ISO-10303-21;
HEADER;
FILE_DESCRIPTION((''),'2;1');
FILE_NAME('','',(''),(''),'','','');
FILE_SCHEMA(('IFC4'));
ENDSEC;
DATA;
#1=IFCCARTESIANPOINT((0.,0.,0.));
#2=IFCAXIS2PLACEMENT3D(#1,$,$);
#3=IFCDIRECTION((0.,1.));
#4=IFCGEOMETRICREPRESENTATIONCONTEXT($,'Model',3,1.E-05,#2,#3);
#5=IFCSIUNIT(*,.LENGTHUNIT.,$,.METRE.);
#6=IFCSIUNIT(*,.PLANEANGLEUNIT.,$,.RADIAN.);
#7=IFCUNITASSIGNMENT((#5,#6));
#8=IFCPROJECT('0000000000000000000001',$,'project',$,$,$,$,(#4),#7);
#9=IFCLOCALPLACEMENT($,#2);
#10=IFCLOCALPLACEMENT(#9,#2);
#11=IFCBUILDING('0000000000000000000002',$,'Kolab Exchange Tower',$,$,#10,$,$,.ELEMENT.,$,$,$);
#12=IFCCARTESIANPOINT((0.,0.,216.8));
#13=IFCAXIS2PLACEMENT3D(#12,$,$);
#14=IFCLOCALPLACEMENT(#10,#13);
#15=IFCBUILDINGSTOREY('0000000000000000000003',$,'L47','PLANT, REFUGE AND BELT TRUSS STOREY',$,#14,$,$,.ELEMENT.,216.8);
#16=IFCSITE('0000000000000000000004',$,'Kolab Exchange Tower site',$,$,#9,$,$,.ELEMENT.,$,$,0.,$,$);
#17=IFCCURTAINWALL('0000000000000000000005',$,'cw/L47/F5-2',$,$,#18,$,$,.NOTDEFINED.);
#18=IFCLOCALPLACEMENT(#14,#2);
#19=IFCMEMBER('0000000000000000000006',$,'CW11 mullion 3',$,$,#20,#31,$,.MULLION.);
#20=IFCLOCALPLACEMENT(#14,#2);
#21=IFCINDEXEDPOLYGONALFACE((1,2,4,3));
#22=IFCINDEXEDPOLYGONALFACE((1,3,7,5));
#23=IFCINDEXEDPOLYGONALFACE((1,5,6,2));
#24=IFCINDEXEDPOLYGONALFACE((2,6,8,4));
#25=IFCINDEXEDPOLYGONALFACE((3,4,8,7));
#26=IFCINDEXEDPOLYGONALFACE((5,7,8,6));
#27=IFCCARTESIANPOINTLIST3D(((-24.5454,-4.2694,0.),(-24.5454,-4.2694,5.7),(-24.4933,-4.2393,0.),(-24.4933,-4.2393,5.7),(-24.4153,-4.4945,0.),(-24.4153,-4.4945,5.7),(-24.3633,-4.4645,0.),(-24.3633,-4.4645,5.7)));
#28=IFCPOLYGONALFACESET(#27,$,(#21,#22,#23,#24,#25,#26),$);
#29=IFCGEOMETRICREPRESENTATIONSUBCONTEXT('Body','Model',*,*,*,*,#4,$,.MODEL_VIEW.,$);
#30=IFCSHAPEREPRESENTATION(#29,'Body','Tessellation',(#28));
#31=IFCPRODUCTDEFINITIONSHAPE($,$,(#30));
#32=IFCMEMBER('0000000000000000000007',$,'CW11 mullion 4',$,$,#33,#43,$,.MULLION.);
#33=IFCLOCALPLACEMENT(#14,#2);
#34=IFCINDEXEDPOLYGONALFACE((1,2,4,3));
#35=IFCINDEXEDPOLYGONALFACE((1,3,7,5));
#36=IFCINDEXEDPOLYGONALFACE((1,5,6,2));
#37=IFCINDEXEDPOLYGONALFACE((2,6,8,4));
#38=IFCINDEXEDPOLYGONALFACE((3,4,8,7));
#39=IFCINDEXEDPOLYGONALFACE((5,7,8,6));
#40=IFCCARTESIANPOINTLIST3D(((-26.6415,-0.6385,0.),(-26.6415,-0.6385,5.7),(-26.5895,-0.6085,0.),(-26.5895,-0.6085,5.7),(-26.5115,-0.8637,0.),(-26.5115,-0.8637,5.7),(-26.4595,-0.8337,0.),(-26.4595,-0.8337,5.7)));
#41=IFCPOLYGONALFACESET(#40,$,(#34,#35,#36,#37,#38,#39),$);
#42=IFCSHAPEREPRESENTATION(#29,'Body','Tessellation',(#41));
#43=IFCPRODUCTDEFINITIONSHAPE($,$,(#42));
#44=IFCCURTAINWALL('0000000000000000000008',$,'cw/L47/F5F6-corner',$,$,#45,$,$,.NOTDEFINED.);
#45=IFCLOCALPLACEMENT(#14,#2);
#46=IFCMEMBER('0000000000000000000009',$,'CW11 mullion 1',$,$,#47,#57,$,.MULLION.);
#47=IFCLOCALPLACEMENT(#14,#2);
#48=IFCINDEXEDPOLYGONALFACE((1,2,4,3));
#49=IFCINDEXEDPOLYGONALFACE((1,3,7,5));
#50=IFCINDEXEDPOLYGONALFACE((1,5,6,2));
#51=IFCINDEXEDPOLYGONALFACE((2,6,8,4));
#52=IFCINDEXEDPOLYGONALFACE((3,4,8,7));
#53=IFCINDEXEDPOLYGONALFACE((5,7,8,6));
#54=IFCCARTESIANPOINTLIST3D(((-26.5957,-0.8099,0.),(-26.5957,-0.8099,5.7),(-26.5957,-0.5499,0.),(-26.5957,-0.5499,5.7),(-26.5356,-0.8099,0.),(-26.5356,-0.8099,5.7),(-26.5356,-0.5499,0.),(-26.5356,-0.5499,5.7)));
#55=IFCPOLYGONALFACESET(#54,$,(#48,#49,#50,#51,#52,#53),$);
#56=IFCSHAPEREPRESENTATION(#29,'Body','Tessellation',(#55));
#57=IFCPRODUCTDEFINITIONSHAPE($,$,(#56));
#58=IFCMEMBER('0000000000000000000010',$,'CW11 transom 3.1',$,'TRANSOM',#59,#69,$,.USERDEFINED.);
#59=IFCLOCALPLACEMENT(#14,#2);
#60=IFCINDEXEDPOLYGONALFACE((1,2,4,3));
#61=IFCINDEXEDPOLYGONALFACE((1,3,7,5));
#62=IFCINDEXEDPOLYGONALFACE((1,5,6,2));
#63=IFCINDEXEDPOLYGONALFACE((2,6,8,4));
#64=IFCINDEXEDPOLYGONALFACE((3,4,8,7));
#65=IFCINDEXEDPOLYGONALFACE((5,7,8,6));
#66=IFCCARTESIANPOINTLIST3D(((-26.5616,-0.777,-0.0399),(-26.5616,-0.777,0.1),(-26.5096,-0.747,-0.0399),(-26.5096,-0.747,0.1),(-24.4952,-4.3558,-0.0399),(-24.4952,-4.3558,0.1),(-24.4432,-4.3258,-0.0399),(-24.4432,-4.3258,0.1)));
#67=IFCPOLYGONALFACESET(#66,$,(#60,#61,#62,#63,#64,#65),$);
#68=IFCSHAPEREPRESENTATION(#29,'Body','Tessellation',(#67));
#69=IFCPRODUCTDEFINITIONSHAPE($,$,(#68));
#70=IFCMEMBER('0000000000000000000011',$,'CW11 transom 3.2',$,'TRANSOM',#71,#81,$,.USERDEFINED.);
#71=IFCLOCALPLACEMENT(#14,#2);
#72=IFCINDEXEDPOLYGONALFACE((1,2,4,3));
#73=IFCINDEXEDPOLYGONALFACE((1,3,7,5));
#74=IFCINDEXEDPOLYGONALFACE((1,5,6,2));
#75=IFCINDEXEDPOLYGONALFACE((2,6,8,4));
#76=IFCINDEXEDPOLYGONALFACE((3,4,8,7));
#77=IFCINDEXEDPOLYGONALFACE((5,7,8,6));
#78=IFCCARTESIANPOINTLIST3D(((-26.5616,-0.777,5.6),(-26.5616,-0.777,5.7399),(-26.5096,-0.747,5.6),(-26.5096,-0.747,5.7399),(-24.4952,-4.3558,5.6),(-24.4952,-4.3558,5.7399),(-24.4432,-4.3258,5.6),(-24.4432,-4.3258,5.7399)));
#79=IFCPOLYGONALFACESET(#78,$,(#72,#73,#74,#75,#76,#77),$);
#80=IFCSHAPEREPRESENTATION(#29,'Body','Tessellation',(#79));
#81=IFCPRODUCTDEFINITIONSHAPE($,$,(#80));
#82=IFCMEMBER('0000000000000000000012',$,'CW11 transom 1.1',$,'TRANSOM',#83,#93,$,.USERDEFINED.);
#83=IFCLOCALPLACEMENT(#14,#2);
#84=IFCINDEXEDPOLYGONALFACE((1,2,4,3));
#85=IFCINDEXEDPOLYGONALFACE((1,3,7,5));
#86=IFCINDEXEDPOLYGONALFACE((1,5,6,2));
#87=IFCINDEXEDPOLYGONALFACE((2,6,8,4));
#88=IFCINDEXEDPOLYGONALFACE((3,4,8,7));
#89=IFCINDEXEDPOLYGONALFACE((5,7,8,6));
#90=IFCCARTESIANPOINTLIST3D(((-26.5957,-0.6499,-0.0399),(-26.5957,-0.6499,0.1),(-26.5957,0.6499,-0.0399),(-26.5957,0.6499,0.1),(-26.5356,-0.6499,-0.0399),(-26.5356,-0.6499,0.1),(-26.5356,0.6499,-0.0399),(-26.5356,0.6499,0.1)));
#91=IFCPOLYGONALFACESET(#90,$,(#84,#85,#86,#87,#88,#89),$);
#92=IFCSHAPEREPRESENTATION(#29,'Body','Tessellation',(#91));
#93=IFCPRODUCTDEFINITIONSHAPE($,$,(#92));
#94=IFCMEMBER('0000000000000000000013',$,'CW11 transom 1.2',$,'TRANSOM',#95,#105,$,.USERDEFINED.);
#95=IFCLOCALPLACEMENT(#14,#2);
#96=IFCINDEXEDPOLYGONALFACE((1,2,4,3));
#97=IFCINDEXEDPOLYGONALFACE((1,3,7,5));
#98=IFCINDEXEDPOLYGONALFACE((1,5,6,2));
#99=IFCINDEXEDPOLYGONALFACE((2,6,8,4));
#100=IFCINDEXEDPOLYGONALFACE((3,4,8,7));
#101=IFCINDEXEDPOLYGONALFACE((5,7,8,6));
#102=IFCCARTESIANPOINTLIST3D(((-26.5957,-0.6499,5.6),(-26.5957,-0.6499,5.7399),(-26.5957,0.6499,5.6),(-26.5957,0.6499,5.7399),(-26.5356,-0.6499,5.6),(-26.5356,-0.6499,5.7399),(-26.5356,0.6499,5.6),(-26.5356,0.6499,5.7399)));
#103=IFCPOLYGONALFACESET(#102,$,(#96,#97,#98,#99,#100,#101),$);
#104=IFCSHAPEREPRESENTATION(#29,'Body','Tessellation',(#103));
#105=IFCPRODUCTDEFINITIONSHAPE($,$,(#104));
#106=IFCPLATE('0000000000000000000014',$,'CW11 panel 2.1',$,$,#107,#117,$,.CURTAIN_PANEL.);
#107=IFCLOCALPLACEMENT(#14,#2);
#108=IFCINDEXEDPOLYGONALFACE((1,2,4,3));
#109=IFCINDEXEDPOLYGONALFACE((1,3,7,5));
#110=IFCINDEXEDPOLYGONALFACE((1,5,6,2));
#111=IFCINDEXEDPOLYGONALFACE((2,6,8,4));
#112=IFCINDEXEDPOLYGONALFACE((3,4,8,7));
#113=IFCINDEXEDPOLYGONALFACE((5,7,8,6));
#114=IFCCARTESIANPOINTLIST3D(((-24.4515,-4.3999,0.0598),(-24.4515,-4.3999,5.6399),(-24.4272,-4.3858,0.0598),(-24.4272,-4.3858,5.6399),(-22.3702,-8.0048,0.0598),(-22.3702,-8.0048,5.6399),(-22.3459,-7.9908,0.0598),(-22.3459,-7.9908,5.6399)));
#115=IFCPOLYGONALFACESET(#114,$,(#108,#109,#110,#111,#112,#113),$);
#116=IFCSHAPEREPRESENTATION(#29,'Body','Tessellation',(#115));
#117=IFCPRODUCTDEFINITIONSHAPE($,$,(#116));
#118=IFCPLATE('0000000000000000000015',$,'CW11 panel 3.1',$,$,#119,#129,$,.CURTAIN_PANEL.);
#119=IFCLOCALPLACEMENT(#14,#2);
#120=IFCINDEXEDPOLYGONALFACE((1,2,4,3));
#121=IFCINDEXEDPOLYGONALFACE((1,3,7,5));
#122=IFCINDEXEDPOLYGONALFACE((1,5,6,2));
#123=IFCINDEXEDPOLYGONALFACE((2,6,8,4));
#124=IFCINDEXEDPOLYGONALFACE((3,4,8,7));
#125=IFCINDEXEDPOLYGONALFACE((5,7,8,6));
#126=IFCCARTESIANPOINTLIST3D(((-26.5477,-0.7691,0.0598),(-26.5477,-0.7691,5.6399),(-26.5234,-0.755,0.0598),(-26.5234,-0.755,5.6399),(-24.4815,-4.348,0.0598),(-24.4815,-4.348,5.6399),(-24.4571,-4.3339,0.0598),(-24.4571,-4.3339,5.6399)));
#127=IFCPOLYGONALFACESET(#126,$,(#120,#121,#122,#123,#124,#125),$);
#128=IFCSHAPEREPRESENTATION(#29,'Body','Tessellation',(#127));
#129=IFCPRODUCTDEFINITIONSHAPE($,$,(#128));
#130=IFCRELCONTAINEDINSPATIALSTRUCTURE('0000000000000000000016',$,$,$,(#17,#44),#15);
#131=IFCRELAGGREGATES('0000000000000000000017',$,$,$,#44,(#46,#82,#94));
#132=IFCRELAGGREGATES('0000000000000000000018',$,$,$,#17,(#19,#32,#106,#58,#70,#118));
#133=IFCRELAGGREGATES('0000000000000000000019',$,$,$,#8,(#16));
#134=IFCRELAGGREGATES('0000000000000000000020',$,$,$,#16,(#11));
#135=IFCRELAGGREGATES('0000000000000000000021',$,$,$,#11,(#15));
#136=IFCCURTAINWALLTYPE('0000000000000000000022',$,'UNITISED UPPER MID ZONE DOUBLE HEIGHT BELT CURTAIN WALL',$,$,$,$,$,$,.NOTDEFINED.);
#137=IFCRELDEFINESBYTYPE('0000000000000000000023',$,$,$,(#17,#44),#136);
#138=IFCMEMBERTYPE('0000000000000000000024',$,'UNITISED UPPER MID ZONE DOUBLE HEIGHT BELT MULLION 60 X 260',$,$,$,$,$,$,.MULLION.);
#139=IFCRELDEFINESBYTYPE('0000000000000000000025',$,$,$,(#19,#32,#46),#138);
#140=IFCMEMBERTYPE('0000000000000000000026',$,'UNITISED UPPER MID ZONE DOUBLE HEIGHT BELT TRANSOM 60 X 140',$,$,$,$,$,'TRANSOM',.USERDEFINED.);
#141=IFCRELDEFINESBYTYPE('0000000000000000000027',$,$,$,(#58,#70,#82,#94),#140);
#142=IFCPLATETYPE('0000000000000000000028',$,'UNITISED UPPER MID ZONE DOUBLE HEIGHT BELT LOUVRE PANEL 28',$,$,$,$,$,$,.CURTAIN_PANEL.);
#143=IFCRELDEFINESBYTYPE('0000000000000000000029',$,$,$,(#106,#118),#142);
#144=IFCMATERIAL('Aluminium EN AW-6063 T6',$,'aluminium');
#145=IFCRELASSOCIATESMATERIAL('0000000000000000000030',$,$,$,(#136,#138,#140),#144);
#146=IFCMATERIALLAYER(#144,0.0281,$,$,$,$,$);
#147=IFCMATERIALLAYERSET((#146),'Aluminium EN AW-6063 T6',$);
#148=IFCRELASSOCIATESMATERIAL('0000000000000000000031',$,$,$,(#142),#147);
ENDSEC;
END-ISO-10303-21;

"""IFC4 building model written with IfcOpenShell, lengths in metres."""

from ifc_helpers import new_model, si_unit, direction, frame, origin, origin_2d, place, context, subcontext, project, spatial, rectangle, extrude, material, layer, layer_set, material_profile, profile_set, type_object, element, aggregate, save


model = new_model("IFC4")

# Units and contexts
model_context = context("Model", 3, precision=1e-05, world=origin(), true_north=direction((0.0, 1.0)))
body_context = subcontext(model_context, "Body", "Model", "MODEL_VIEW")
ifc_project = project(units=[si_unit("LENGTHUNIT", "METRE"), si_unit("PLANEANGLEUNIT", "RADIAN")], contexts=[model_context])

# Site, building, storey
site_placement = place(None, origin())
site = spatial("IfcSite", under=ifc_project, at=site_placement, Name="Kolab Exchange Tower site", CompositionType="ELEMENT", RefElevation=0.0)
building_placement = place(site_placement, origin())
building = spatial("IfcBuilding", under=site, at=building_placement, Name="Kolab Exchange Tower", CompositionType="ELEMENT")
storey_placement = place(building_placement, frame((0.0, 0.0, 216.8)))
storey = spatial("IfcBuildingStorey", under=building, at=storey_placement, Name="L47", Description="PLANT, REFUGE AND BELT TRUSS STOREY", CompositionType="ELEMENT", Elevation=216.8)

# Curtain wall, members
ifc_material_1 = material(Name="Aluminium EN AW-6063 T6", Category="aluminium")
curtain_wall_type = type_object("IfcCurtainWallType", Name="UNITISED UPPER MID ZONE DOUBLE HEIGHT BELT CURTAIN WALL", PredefinedType="NOTDEFINED", material=ifc_material_1)
curtain_wall_1_placement = place(storey_placement, origin())
curtain_wall_1 = element("IfcCurtainWall", 1, at=curtain_wall_1_placement, inside=storey, type_object=curtain_wall_type, Name="cw/L47/F5-2", PredefinedType="NOTDEFINED")
ifc_material_profile_1 = material_profile(ifc_material_1, rectangle(XDim=0.0601, YDim=0.26, at=origin_2d()), Name="RECT 60X260")
ifc_profile_set_1 = profile_set([ifc_material_profile_1], Name="Aluminium EN AW-6063 T6")
member_type_1 = type_object("IfcMemberType", Name="UNITISED UPPER MID ZONE DOUBLE HEIGHT BELT MULLION 60 X 260", PredefinedType="MULLION", material=ifc_profile_set_1)
member_1_placement = place(storey_placement, frame((-24.4543, -4.3669, 0.0), z_axis=(0.0, 0.0, 1.0), x_axis=(-0.866025, -0.5, 0.0)))
member_1 = element("IfcMember", 2, at=member_1_placement, type_object=member_type_1, Name="CW11 mullion 3", PredefinedType="MULLION", context=body_context, shape_type="SweptSolid", body=[
    extrude(rectangle(XDim=0.0601, YDim=0.26, at=origin_2d()), origin(), (0.0, 0.0, 1.0), 5.7),
])
member_2_placement = place(storey_placement, frame((-26.5505, -0.7361, 0.0), z_axis=(0.0, 0.0, 1.0), x_axis=(-0.866025, -0.5, 0.0)))
member_2 = element("IfcMember", 3, at=member_2_placement, type_object=member_type_1, Name="CW11 mullion 4", PredefinedType="MULLION", context=body_context, shape_type="SweptSolid", body=[
    extrude(rectangle(XDim=0.0601, YDim=0.26, at=origin_2d()), origin(), (0.0, 0.0, 1.0), 5.7),
])

# Curtain wall, member
curtain_wall_2_placement = place(storey_placement, origin())
curtain_wall_2 = element("IfcCurtainWall", 4, at=curtain_wall_2_placement, inside=storey, type_object=curtain_wall_type, Name="cw/L47/F5F6-corner", PredefinedType="NOTDEFINED")
member_3_placement = place(storey_placement, frame((-26.5657, -0.6799, 0.0), z_axis=(0.0, 0.0, 1.0), x_axis=(-1.0, 0.0, 0.0)))
member_3 = element("IfcMember", 5, at=member_3_placement, type_object=member_type_1, Name="CW11 mullion 1", PredefinedType="MULLION", context=body_context, shape_type="SweptSolid", body=[
    extrude(rectangle(XDim=0.0601, YDim=0.26, at=origin_2d()), origin(), (0.0, 0.0, 1.0), 5.7),
])

# Members
ifc_material_profile_2 = material_profile(ifc_material_1, rectangle(XDim=0.0601, YDim=0.1399, at=origin_2d()), Name="RECT 60X140")
ifc_profile_set_2 = profile_set([ifc_material_profile_2], Name="Aluminium EN AW-6063 T6")
member_type_2 = type_object("IfcMemberType", Name="UNITISED UPPER MID ZONE DOUBLE HEIGHT BELT TRANSOM 60 X 140", ElementType="TRANSOM", PredefinedType="USERDEFINED", material=ifc_profile_set_2)
member_4_placement = place(storey_placement, frame((-24.4692, -4.3408, 0.03), z_axis=(-0.500028, 0.866009, 0.0), x_axis=(-0.866009, -0.500028, 0.0)))
member_4 = element("IfcMember", 6, at=member_4_placement, type_object=member_type_2, Name="CW11 transom 3.1", ObjectType="TRANSOM", PredefinedType="USERDEFINED", context=body_context, shape_type="SweptSolid", body=[
    extrude(rectangle(XDim=0.0601, YDim=0.1399, at=origin_2d()), origin(), (0.0, 0.0, 1.0), 4.1326),
])
member_5_placement = place(storey_placement, frame((-24.4692, -4.3408, 5.6699), z_axis=(-0.500028, 0.866009, 0.0), x_axis=(-0.866009, -0.500028, 0.0)))
member_5 = element("IfcMember", 7, at=member_5_placement, type_object=member_type_2, Name="CW11 transom 3.2", ObjectType="TRANSOM", PredefinedType="USERDEFINED", context=body_context, shape_type="SweptSolid", body=[
    extrude(rectangle(XDim=0.0601, YDim=0.1399, at=origin_2d()), origin(), (0.0, 0.0, 1.0), 4.1326),
])
member_6_placement = place(storey_placement, frame((-26.5657, -0.6499, 0.03), z_axis=(0.0, 1.0, 0.0), x_axis=(-1.0, 0.0, 0.0)))
member_6 = element("IfcMember", 8, at=member_6_placement, type_object=member_type_2, Name="CW11 transom 1.1", ObjectType="TRANSOM", PredefinedType="USERDEFINED", context=body_context, shape_type="SweptSolid", body=[
    extrude(rectangle(XDim=0.0601, YDim=0.1399, at=origin_2d()), origin(), (0.0, 0.0, 1.0), 1.2998),
])
member_7_placement = place(storey_placement, frame((-26.5657, -0.6499, 5.6699), z_axis=(0.0, 1.0, 0.0), x_axis=(-1.0, 0.0, 0.0)))
member_7 = element("IfcMember", 9, at=member_7_placement, type_object=member_type_2, Name="CW11 transom 1.2", ObjectType="TRANSOM", PredefinedType="USERDEFINED", context=body_context, shape_type="SweptSolid", body=[
    extrude(rectangle(XDim=0.0601, YDim=0.1399, at=origin_2d()), origin(), (0.0, 0.0, 1.0), 1.2998),
])
aggregate(curtain_wall_2, [member_3, member_6, member_7])

# Plates
ifc_layer = layer(ifc_material_1, 0.0281)
ifc_layer_set = layer_set([ifc_layer], Name="Aluminium EN AW-6063 T6")
plate_type = type_object("IfcPlateType", Name="UNITISED UPPER MID ZONE DOUBLE HEIGHT BELT LOUVRE PANEL 28", PredefinedType="CURTAIN_PANEL", material=ifc_layer_set)
plate_1_placement = place(storey_placement, frame((-23.3987, -6.1953, 0.0598), z_axis=(0.0, 0.0, 1.0), x_axis=(-0.5, 0.866025, 0.0)))
plate_1 = element("IfcPlate", 10, at=plate_1_placement, type_object=plate_type, Name="CW11 panel 2.1", PredefinedType="CURTAIN_PANEL", context=body_context, shape_type="SweptSolid", body=[
    extrude(rectangle(XDim=4.1626, YDim=0.0281, at=origin_2d()), origin(), (0.0, 0.0, 1.0), 5.5801),
])
plate_2_placement = place(storey_placement, frame((-25.5024, -2.5515, 0.0598), z_axis=(0.0, 0.0, 1.0), x_axis=(-0.5, 0.866025, 0.0)))
plate_2 = element("IfcPlate", 11, at=plate_2_placement, type_object=plate_type, Name="CW11 panel 3.1", PredefinedType="CURTAIN_PANEL", context=body_context, shape_type="SweptSolid", body=[
    extrude(rectangle(XDim=4.1326, YDim=0.0281, at=origin_2d()), origin(), (0.0, 0.0, 1.0), 5.5801),
])
aggregate(curtain_wall_1, [member_1, member_2, plate_1, member_4, member_5, plate_2])

save(model, "model.ifc")
